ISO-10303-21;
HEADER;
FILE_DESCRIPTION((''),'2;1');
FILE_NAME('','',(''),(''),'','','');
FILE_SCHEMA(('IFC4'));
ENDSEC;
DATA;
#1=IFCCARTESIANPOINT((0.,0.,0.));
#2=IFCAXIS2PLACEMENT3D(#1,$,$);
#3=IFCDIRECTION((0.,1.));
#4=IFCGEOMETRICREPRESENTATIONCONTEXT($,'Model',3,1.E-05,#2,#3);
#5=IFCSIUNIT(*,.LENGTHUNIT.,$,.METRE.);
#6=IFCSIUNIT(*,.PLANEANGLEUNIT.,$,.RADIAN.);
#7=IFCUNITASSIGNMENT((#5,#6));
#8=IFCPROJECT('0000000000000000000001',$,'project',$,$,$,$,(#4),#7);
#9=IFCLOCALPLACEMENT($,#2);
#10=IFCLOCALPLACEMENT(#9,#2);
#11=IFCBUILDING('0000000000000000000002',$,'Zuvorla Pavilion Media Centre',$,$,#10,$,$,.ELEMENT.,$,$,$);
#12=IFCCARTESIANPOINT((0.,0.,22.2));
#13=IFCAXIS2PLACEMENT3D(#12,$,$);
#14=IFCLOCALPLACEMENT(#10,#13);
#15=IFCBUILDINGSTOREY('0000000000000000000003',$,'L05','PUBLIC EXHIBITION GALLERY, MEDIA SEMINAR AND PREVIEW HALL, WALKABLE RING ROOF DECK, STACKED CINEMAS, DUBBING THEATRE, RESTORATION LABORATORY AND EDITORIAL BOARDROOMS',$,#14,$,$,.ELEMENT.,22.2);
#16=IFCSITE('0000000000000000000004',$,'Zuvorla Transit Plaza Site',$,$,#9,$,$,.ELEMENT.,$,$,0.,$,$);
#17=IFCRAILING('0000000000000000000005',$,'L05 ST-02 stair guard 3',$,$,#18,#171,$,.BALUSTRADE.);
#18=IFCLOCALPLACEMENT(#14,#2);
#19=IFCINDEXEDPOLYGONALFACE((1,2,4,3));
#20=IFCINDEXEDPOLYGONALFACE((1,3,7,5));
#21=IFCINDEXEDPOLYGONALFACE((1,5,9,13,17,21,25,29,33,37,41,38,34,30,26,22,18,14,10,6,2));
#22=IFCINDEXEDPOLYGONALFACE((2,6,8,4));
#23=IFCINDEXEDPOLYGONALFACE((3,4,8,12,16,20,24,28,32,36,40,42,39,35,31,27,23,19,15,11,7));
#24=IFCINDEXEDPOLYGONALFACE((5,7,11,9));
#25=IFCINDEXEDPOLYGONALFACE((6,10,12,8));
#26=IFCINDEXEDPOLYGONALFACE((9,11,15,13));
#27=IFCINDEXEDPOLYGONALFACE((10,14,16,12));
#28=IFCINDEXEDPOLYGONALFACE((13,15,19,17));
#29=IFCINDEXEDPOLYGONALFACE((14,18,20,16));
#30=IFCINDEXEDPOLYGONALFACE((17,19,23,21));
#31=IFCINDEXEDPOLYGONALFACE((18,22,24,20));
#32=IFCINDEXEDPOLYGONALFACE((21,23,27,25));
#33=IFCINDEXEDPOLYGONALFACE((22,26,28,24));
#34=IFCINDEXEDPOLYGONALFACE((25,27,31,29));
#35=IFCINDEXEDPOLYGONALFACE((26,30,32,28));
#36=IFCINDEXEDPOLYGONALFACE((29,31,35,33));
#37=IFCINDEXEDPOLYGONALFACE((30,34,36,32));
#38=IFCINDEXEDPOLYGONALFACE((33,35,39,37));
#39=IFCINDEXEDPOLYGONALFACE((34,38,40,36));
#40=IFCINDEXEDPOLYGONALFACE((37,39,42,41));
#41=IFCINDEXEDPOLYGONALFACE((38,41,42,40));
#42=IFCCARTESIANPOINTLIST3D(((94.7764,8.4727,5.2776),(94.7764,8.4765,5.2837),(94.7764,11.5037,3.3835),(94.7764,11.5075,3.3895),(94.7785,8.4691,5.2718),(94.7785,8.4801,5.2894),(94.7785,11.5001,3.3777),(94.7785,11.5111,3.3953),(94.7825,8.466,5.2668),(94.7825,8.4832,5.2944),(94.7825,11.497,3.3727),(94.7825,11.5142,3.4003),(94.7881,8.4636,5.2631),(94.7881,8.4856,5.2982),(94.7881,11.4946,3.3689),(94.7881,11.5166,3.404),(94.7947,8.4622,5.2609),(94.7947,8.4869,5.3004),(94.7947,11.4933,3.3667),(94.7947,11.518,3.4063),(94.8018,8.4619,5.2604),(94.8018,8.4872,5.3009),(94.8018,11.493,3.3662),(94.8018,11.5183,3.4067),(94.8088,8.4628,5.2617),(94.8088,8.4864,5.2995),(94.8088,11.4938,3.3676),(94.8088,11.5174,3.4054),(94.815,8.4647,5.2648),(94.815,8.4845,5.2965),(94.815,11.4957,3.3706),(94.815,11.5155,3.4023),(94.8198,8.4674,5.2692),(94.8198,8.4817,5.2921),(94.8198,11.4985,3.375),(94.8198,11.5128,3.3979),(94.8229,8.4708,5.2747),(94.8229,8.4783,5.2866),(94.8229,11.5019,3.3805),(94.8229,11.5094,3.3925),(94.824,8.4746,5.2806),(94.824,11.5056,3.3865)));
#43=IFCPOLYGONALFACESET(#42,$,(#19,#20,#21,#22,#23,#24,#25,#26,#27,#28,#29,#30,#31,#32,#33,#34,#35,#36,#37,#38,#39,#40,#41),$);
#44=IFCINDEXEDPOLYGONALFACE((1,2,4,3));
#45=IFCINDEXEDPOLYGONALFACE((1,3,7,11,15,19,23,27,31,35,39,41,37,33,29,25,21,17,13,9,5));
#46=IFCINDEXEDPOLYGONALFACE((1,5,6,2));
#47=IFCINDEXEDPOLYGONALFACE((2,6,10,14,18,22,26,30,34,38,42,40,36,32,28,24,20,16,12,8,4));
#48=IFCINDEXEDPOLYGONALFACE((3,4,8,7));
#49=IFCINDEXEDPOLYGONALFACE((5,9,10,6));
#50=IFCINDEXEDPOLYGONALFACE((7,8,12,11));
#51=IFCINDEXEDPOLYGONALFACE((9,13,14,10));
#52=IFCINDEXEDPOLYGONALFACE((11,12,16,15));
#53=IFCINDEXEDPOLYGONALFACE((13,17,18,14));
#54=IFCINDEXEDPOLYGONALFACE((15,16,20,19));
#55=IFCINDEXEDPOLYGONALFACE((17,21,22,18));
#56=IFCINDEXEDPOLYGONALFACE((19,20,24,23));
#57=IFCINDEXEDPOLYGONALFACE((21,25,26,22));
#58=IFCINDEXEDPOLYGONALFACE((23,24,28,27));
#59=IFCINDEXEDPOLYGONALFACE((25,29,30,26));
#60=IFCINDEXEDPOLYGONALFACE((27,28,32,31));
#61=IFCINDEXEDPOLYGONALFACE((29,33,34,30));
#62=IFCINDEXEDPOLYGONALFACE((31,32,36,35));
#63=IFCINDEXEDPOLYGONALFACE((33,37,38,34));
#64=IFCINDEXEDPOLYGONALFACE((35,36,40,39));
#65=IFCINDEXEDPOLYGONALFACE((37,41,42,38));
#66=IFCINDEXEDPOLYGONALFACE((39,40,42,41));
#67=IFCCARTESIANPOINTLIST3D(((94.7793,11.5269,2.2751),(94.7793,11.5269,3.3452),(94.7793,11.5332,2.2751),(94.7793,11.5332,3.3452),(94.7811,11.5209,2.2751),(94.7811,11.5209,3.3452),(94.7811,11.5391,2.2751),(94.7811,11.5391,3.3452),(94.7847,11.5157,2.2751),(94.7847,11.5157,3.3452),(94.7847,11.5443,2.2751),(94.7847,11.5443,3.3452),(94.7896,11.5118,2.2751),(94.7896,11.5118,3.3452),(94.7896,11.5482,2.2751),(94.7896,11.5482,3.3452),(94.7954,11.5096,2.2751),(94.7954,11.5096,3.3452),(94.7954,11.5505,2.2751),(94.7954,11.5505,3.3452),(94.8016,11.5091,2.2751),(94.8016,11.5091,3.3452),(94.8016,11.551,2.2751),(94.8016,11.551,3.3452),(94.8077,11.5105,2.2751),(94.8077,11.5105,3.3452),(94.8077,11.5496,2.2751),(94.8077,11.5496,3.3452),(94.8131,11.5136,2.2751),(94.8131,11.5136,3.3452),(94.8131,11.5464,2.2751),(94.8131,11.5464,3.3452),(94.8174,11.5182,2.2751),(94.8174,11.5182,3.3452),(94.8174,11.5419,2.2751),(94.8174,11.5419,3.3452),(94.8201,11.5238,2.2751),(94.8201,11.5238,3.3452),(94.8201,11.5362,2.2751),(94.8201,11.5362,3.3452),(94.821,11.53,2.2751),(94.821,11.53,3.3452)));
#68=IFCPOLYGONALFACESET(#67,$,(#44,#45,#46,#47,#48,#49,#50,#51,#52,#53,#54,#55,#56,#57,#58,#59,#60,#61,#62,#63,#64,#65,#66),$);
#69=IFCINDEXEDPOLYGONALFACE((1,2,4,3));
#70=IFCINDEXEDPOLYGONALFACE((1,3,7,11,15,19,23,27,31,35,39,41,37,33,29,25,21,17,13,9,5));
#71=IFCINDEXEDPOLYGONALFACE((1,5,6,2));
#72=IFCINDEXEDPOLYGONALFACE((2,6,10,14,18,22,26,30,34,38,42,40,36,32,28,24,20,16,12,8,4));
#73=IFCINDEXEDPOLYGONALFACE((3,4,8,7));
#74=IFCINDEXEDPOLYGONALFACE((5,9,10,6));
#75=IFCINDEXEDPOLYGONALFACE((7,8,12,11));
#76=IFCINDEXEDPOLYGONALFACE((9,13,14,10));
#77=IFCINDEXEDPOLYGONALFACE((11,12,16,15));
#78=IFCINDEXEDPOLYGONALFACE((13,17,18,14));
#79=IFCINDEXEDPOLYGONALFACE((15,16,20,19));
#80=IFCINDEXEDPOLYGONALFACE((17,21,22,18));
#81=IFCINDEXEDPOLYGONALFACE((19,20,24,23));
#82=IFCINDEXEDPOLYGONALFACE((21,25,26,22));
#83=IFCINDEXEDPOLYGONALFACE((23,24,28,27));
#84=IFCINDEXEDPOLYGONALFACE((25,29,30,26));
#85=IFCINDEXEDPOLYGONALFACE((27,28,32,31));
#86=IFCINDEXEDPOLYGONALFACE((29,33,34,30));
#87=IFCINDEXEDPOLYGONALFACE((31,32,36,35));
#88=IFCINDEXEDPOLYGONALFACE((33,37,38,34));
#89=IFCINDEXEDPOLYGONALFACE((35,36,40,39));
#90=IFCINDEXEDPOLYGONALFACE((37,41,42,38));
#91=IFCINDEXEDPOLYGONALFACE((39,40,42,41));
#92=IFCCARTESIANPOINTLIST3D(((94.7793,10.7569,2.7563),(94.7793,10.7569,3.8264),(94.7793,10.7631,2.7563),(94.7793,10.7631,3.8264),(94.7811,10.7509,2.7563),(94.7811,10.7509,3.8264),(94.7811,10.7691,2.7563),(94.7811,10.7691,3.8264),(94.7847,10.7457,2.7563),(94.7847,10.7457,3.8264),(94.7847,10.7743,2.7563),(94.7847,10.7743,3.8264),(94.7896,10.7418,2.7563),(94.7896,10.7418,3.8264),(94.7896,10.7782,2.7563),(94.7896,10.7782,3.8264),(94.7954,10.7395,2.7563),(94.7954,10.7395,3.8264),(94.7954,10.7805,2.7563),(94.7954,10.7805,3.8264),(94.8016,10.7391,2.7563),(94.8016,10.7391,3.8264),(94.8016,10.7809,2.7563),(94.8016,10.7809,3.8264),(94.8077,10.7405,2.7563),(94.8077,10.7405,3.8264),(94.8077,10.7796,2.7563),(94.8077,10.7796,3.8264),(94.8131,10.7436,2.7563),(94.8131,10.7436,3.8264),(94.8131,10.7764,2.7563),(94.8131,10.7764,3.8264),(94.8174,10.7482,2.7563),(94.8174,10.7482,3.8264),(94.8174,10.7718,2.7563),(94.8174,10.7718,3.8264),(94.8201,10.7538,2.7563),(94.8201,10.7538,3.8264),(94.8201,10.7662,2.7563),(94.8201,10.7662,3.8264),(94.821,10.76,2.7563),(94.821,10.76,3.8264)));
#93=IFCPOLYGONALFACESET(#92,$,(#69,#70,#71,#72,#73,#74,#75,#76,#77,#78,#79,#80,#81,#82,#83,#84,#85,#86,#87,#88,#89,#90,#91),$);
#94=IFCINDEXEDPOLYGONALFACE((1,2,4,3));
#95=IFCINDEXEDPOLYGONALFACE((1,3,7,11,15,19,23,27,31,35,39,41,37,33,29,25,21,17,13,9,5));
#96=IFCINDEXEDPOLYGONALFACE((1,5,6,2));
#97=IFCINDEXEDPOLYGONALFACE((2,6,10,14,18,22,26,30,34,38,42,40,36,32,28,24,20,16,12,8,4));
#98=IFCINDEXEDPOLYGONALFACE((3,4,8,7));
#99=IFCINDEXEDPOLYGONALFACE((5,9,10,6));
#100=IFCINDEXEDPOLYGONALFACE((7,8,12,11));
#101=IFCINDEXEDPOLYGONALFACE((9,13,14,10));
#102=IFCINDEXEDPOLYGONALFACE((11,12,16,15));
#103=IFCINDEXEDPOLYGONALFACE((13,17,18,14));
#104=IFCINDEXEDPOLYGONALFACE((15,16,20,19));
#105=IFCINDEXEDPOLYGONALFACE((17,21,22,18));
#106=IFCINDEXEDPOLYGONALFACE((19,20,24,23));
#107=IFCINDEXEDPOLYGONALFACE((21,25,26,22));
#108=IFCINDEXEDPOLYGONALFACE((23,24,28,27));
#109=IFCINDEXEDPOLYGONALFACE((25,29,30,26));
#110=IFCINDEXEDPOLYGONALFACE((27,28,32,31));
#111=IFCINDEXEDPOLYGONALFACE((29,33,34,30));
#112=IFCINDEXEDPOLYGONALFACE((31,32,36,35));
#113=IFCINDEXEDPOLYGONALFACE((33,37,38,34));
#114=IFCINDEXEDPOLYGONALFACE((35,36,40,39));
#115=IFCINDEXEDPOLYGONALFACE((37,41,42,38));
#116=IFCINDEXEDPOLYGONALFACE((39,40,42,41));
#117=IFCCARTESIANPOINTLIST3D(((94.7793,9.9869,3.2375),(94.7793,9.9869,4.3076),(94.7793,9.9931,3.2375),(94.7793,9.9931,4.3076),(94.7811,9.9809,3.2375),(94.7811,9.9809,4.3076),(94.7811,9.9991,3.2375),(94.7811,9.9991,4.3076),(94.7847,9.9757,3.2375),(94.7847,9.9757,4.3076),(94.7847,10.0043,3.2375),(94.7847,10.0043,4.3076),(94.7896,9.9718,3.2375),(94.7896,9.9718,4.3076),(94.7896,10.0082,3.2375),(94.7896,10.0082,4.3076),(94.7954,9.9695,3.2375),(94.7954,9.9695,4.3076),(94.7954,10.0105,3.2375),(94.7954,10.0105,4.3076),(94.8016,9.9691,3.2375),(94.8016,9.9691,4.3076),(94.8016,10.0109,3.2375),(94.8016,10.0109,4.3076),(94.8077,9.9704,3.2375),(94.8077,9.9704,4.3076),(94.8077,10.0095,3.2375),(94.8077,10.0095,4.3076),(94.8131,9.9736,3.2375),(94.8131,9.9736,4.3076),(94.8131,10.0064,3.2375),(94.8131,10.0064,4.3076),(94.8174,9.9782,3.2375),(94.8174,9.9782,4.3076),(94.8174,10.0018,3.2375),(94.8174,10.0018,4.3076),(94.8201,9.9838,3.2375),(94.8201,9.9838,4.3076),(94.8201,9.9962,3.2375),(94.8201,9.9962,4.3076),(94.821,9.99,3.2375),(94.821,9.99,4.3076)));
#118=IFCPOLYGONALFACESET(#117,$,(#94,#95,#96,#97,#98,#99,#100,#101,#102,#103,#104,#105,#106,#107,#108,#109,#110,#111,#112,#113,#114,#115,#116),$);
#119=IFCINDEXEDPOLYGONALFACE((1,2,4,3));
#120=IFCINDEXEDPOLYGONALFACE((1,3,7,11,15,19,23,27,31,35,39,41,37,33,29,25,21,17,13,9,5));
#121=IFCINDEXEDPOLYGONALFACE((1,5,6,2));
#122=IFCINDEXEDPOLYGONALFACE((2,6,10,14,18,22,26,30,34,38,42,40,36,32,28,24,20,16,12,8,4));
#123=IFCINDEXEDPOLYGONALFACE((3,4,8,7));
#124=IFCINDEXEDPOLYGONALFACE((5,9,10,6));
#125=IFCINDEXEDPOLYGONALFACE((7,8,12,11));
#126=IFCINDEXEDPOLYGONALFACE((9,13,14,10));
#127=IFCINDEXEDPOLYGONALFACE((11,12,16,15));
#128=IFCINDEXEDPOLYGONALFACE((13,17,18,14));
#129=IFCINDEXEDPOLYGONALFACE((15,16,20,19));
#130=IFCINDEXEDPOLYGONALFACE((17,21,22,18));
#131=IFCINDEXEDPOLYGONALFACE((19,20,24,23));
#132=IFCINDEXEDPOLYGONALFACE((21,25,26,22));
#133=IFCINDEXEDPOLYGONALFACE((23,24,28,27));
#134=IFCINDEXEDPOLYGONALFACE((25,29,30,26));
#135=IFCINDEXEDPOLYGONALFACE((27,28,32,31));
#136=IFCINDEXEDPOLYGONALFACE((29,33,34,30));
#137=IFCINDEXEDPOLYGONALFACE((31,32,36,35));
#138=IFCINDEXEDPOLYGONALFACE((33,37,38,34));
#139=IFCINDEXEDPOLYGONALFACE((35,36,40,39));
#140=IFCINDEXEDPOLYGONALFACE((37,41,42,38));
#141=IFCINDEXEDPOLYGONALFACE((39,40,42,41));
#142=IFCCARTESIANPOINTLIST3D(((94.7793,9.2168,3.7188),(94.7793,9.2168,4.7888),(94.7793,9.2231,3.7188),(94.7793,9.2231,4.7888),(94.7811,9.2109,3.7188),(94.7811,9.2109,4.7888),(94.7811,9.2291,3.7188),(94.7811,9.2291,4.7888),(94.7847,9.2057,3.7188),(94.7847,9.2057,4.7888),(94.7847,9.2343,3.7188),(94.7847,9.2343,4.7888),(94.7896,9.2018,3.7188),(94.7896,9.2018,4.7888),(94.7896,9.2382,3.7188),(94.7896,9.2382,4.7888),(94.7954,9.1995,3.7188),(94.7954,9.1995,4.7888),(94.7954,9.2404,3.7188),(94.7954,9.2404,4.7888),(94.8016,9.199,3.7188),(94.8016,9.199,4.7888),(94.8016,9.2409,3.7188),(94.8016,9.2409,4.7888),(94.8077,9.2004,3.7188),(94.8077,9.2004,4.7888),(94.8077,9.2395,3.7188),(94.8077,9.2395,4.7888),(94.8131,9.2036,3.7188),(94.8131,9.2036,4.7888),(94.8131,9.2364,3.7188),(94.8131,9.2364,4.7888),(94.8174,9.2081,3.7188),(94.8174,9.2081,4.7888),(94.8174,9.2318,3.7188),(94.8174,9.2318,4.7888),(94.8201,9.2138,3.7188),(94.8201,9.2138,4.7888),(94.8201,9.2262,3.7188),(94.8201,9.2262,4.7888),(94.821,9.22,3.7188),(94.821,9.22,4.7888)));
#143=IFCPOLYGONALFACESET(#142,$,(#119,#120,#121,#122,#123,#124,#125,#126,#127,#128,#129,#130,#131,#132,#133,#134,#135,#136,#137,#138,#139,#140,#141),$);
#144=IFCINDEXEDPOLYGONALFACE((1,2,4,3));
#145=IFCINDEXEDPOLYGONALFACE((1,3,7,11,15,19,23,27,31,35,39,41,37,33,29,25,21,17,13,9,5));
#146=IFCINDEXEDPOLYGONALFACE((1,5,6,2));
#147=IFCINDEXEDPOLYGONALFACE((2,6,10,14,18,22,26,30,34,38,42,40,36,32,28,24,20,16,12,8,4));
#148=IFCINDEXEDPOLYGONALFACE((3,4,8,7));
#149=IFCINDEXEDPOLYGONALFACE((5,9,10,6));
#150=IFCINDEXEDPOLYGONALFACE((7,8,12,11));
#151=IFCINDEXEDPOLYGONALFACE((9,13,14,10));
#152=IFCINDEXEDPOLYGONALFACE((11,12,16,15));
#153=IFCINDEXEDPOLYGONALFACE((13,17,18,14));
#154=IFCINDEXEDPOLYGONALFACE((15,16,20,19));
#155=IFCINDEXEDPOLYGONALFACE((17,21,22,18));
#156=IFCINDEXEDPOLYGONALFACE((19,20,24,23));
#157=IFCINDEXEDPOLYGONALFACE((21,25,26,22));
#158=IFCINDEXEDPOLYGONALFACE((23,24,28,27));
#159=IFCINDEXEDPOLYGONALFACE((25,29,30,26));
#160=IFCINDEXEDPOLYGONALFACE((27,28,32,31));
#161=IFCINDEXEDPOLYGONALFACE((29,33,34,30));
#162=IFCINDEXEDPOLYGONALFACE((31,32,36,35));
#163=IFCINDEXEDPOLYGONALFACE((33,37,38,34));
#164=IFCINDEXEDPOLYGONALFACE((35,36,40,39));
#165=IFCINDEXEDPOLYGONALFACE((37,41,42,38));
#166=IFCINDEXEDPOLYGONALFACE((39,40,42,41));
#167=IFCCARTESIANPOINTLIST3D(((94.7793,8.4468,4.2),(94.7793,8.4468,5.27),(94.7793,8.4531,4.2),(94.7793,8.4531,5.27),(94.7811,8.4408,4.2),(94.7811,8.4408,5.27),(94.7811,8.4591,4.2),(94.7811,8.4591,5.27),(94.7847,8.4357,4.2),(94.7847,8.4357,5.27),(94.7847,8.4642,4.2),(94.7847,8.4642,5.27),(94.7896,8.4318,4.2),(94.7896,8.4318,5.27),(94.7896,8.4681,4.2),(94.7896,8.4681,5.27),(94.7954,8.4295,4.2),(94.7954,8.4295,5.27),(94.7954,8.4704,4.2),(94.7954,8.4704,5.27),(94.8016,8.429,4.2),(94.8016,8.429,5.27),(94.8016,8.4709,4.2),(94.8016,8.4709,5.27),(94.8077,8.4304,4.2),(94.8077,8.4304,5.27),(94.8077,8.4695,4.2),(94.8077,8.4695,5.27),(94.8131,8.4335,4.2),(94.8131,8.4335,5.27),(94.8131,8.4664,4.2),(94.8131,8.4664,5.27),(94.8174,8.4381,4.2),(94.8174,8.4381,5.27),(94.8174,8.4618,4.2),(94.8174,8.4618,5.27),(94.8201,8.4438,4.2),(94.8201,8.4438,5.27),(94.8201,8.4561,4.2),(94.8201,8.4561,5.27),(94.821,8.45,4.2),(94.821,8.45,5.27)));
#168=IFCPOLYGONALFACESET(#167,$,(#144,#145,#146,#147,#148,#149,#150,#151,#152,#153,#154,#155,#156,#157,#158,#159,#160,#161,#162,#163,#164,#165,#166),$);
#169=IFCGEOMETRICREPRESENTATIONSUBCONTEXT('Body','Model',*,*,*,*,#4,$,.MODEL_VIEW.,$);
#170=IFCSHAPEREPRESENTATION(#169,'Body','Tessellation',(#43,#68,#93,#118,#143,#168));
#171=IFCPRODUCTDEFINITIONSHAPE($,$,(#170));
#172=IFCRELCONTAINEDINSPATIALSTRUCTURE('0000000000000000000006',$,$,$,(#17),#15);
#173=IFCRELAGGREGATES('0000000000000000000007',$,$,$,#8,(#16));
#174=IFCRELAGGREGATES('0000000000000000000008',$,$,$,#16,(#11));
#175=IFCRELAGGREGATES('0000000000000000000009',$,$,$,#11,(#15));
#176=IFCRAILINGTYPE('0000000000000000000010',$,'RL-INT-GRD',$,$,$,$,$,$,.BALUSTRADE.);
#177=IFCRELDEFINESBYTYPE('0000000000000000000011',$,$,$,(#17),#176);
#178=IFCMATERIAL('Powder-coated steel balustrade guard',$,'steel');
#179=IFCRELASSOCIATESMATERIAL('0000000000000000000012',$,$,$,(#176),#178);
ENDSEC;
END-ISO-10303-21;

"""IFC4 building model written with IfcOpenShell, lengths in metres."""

from ifc_helpers import new_model, si_unit, direction, frame, origin, origin_2d, place, context, subcontext, project, spatial, circle, extrude, material, type_object, element, save


model = new_model("IFC4")

# Units and contexts
model_context = context("Model", 3, precision=1e-05, world=origin(), true_north=direction((0.0, 1.0)))
body_context = subcontext(model_context, "Body", "Model", "MODEL_VIEW")
ifc_project = project(units=[si_unit("LENGTHUNIT", "METRE"), si_unit("PLANEANGLEUNIT", "RADIAN")], contexts=[model_context])

# Site, building, storey
site_placement = place(None, origin())
site = spatial("IfcSite", under=ifc_project, at=site_placement, Name="Zuvorla Transit Plaza Site", CompositionType="ELEMENT", RefElevation=0.0)
building_placement = place(site_placement, origin())
building = spatial("IfcBuilding", under=site, at=building_placement, Name="Zuvorla Pavilion Media Centre", CompositionType="ELEMENT")
storey_placement = place(building_placement, frame((0.0, 0.0, 22.2)))
storey = spatial("IfcBuildingStorey", under=building, at=storey_placement, Name="L05", Description="PUBLIC EXHIBITION GALLERY, MEDIA SEMINAR AND PREVIEW HALL, WALKABLE RING ROOF DECK, STACKED CINEMAS, DUBBING THEATRE, RESTORATION LABORATORY AND EDITORIAL BOARDROOMS", CompositionType="ELEMENT", Elevation=22.2)

# Railing
ifc_material_1 = material(Name="Powder-coated steel balustrade guard", Category="steel")
railing_type_1 = type_object("IfcRailingType", Name="RL-INT-GRD", PredefinedType="BALUSTRADE", material=ifc_material_1)
railing_1_placement = place(storey_placement, frame((94.8, 11.53, 2.2751)))
element("IfcRailing", 1, at=railing_1_placement, inside=storey, type_object=railing_type_1, Name="L05 ST-02 stair guard 3", PredefinedType="BALUSTRADE", context=body_context, shape_type="SweptSolid", body=[
    extrude(circle(Radius=0.0239, at=origin_2d()), frame((0.0, -0.0244, 1.1113), z_axis=(0.0, -0.848029, 0.529951), x_axis=(1.0, 0.0, 0.0)), (0.0, 0.0, 1.0), 3.5742),
    extrude(circle(Radius=0.021, at=origin_2d()), origin(), (0.0, 0.0, 1.0), 1.0701),
    extrude(circle(Radius=0.021, at=origin_2d()), frame((0.0, -0.77, 0.4812)), (0.0, 0.0, 1.0), 1.0701),
    extrude(circle(Radius=0.021, at=origin_2d()), frame((0.0, -1.54, 0.9624)), (0.0, 0.0, 1.0), 1.0701),
    extrude(circle(Radius=0.021, at=origin_2d()), frame((0.0, -2.3101, 1.4436)), (0.0, 0.0, 1.0), 1.0701),
    extrude(circle(Radius=0.021, at=origin_2d()), frame((0.0, -3.0801, 1.9248)), (0.0, 0.0, 1.0), 1.0701),
])

save(model, "model.ifc")
